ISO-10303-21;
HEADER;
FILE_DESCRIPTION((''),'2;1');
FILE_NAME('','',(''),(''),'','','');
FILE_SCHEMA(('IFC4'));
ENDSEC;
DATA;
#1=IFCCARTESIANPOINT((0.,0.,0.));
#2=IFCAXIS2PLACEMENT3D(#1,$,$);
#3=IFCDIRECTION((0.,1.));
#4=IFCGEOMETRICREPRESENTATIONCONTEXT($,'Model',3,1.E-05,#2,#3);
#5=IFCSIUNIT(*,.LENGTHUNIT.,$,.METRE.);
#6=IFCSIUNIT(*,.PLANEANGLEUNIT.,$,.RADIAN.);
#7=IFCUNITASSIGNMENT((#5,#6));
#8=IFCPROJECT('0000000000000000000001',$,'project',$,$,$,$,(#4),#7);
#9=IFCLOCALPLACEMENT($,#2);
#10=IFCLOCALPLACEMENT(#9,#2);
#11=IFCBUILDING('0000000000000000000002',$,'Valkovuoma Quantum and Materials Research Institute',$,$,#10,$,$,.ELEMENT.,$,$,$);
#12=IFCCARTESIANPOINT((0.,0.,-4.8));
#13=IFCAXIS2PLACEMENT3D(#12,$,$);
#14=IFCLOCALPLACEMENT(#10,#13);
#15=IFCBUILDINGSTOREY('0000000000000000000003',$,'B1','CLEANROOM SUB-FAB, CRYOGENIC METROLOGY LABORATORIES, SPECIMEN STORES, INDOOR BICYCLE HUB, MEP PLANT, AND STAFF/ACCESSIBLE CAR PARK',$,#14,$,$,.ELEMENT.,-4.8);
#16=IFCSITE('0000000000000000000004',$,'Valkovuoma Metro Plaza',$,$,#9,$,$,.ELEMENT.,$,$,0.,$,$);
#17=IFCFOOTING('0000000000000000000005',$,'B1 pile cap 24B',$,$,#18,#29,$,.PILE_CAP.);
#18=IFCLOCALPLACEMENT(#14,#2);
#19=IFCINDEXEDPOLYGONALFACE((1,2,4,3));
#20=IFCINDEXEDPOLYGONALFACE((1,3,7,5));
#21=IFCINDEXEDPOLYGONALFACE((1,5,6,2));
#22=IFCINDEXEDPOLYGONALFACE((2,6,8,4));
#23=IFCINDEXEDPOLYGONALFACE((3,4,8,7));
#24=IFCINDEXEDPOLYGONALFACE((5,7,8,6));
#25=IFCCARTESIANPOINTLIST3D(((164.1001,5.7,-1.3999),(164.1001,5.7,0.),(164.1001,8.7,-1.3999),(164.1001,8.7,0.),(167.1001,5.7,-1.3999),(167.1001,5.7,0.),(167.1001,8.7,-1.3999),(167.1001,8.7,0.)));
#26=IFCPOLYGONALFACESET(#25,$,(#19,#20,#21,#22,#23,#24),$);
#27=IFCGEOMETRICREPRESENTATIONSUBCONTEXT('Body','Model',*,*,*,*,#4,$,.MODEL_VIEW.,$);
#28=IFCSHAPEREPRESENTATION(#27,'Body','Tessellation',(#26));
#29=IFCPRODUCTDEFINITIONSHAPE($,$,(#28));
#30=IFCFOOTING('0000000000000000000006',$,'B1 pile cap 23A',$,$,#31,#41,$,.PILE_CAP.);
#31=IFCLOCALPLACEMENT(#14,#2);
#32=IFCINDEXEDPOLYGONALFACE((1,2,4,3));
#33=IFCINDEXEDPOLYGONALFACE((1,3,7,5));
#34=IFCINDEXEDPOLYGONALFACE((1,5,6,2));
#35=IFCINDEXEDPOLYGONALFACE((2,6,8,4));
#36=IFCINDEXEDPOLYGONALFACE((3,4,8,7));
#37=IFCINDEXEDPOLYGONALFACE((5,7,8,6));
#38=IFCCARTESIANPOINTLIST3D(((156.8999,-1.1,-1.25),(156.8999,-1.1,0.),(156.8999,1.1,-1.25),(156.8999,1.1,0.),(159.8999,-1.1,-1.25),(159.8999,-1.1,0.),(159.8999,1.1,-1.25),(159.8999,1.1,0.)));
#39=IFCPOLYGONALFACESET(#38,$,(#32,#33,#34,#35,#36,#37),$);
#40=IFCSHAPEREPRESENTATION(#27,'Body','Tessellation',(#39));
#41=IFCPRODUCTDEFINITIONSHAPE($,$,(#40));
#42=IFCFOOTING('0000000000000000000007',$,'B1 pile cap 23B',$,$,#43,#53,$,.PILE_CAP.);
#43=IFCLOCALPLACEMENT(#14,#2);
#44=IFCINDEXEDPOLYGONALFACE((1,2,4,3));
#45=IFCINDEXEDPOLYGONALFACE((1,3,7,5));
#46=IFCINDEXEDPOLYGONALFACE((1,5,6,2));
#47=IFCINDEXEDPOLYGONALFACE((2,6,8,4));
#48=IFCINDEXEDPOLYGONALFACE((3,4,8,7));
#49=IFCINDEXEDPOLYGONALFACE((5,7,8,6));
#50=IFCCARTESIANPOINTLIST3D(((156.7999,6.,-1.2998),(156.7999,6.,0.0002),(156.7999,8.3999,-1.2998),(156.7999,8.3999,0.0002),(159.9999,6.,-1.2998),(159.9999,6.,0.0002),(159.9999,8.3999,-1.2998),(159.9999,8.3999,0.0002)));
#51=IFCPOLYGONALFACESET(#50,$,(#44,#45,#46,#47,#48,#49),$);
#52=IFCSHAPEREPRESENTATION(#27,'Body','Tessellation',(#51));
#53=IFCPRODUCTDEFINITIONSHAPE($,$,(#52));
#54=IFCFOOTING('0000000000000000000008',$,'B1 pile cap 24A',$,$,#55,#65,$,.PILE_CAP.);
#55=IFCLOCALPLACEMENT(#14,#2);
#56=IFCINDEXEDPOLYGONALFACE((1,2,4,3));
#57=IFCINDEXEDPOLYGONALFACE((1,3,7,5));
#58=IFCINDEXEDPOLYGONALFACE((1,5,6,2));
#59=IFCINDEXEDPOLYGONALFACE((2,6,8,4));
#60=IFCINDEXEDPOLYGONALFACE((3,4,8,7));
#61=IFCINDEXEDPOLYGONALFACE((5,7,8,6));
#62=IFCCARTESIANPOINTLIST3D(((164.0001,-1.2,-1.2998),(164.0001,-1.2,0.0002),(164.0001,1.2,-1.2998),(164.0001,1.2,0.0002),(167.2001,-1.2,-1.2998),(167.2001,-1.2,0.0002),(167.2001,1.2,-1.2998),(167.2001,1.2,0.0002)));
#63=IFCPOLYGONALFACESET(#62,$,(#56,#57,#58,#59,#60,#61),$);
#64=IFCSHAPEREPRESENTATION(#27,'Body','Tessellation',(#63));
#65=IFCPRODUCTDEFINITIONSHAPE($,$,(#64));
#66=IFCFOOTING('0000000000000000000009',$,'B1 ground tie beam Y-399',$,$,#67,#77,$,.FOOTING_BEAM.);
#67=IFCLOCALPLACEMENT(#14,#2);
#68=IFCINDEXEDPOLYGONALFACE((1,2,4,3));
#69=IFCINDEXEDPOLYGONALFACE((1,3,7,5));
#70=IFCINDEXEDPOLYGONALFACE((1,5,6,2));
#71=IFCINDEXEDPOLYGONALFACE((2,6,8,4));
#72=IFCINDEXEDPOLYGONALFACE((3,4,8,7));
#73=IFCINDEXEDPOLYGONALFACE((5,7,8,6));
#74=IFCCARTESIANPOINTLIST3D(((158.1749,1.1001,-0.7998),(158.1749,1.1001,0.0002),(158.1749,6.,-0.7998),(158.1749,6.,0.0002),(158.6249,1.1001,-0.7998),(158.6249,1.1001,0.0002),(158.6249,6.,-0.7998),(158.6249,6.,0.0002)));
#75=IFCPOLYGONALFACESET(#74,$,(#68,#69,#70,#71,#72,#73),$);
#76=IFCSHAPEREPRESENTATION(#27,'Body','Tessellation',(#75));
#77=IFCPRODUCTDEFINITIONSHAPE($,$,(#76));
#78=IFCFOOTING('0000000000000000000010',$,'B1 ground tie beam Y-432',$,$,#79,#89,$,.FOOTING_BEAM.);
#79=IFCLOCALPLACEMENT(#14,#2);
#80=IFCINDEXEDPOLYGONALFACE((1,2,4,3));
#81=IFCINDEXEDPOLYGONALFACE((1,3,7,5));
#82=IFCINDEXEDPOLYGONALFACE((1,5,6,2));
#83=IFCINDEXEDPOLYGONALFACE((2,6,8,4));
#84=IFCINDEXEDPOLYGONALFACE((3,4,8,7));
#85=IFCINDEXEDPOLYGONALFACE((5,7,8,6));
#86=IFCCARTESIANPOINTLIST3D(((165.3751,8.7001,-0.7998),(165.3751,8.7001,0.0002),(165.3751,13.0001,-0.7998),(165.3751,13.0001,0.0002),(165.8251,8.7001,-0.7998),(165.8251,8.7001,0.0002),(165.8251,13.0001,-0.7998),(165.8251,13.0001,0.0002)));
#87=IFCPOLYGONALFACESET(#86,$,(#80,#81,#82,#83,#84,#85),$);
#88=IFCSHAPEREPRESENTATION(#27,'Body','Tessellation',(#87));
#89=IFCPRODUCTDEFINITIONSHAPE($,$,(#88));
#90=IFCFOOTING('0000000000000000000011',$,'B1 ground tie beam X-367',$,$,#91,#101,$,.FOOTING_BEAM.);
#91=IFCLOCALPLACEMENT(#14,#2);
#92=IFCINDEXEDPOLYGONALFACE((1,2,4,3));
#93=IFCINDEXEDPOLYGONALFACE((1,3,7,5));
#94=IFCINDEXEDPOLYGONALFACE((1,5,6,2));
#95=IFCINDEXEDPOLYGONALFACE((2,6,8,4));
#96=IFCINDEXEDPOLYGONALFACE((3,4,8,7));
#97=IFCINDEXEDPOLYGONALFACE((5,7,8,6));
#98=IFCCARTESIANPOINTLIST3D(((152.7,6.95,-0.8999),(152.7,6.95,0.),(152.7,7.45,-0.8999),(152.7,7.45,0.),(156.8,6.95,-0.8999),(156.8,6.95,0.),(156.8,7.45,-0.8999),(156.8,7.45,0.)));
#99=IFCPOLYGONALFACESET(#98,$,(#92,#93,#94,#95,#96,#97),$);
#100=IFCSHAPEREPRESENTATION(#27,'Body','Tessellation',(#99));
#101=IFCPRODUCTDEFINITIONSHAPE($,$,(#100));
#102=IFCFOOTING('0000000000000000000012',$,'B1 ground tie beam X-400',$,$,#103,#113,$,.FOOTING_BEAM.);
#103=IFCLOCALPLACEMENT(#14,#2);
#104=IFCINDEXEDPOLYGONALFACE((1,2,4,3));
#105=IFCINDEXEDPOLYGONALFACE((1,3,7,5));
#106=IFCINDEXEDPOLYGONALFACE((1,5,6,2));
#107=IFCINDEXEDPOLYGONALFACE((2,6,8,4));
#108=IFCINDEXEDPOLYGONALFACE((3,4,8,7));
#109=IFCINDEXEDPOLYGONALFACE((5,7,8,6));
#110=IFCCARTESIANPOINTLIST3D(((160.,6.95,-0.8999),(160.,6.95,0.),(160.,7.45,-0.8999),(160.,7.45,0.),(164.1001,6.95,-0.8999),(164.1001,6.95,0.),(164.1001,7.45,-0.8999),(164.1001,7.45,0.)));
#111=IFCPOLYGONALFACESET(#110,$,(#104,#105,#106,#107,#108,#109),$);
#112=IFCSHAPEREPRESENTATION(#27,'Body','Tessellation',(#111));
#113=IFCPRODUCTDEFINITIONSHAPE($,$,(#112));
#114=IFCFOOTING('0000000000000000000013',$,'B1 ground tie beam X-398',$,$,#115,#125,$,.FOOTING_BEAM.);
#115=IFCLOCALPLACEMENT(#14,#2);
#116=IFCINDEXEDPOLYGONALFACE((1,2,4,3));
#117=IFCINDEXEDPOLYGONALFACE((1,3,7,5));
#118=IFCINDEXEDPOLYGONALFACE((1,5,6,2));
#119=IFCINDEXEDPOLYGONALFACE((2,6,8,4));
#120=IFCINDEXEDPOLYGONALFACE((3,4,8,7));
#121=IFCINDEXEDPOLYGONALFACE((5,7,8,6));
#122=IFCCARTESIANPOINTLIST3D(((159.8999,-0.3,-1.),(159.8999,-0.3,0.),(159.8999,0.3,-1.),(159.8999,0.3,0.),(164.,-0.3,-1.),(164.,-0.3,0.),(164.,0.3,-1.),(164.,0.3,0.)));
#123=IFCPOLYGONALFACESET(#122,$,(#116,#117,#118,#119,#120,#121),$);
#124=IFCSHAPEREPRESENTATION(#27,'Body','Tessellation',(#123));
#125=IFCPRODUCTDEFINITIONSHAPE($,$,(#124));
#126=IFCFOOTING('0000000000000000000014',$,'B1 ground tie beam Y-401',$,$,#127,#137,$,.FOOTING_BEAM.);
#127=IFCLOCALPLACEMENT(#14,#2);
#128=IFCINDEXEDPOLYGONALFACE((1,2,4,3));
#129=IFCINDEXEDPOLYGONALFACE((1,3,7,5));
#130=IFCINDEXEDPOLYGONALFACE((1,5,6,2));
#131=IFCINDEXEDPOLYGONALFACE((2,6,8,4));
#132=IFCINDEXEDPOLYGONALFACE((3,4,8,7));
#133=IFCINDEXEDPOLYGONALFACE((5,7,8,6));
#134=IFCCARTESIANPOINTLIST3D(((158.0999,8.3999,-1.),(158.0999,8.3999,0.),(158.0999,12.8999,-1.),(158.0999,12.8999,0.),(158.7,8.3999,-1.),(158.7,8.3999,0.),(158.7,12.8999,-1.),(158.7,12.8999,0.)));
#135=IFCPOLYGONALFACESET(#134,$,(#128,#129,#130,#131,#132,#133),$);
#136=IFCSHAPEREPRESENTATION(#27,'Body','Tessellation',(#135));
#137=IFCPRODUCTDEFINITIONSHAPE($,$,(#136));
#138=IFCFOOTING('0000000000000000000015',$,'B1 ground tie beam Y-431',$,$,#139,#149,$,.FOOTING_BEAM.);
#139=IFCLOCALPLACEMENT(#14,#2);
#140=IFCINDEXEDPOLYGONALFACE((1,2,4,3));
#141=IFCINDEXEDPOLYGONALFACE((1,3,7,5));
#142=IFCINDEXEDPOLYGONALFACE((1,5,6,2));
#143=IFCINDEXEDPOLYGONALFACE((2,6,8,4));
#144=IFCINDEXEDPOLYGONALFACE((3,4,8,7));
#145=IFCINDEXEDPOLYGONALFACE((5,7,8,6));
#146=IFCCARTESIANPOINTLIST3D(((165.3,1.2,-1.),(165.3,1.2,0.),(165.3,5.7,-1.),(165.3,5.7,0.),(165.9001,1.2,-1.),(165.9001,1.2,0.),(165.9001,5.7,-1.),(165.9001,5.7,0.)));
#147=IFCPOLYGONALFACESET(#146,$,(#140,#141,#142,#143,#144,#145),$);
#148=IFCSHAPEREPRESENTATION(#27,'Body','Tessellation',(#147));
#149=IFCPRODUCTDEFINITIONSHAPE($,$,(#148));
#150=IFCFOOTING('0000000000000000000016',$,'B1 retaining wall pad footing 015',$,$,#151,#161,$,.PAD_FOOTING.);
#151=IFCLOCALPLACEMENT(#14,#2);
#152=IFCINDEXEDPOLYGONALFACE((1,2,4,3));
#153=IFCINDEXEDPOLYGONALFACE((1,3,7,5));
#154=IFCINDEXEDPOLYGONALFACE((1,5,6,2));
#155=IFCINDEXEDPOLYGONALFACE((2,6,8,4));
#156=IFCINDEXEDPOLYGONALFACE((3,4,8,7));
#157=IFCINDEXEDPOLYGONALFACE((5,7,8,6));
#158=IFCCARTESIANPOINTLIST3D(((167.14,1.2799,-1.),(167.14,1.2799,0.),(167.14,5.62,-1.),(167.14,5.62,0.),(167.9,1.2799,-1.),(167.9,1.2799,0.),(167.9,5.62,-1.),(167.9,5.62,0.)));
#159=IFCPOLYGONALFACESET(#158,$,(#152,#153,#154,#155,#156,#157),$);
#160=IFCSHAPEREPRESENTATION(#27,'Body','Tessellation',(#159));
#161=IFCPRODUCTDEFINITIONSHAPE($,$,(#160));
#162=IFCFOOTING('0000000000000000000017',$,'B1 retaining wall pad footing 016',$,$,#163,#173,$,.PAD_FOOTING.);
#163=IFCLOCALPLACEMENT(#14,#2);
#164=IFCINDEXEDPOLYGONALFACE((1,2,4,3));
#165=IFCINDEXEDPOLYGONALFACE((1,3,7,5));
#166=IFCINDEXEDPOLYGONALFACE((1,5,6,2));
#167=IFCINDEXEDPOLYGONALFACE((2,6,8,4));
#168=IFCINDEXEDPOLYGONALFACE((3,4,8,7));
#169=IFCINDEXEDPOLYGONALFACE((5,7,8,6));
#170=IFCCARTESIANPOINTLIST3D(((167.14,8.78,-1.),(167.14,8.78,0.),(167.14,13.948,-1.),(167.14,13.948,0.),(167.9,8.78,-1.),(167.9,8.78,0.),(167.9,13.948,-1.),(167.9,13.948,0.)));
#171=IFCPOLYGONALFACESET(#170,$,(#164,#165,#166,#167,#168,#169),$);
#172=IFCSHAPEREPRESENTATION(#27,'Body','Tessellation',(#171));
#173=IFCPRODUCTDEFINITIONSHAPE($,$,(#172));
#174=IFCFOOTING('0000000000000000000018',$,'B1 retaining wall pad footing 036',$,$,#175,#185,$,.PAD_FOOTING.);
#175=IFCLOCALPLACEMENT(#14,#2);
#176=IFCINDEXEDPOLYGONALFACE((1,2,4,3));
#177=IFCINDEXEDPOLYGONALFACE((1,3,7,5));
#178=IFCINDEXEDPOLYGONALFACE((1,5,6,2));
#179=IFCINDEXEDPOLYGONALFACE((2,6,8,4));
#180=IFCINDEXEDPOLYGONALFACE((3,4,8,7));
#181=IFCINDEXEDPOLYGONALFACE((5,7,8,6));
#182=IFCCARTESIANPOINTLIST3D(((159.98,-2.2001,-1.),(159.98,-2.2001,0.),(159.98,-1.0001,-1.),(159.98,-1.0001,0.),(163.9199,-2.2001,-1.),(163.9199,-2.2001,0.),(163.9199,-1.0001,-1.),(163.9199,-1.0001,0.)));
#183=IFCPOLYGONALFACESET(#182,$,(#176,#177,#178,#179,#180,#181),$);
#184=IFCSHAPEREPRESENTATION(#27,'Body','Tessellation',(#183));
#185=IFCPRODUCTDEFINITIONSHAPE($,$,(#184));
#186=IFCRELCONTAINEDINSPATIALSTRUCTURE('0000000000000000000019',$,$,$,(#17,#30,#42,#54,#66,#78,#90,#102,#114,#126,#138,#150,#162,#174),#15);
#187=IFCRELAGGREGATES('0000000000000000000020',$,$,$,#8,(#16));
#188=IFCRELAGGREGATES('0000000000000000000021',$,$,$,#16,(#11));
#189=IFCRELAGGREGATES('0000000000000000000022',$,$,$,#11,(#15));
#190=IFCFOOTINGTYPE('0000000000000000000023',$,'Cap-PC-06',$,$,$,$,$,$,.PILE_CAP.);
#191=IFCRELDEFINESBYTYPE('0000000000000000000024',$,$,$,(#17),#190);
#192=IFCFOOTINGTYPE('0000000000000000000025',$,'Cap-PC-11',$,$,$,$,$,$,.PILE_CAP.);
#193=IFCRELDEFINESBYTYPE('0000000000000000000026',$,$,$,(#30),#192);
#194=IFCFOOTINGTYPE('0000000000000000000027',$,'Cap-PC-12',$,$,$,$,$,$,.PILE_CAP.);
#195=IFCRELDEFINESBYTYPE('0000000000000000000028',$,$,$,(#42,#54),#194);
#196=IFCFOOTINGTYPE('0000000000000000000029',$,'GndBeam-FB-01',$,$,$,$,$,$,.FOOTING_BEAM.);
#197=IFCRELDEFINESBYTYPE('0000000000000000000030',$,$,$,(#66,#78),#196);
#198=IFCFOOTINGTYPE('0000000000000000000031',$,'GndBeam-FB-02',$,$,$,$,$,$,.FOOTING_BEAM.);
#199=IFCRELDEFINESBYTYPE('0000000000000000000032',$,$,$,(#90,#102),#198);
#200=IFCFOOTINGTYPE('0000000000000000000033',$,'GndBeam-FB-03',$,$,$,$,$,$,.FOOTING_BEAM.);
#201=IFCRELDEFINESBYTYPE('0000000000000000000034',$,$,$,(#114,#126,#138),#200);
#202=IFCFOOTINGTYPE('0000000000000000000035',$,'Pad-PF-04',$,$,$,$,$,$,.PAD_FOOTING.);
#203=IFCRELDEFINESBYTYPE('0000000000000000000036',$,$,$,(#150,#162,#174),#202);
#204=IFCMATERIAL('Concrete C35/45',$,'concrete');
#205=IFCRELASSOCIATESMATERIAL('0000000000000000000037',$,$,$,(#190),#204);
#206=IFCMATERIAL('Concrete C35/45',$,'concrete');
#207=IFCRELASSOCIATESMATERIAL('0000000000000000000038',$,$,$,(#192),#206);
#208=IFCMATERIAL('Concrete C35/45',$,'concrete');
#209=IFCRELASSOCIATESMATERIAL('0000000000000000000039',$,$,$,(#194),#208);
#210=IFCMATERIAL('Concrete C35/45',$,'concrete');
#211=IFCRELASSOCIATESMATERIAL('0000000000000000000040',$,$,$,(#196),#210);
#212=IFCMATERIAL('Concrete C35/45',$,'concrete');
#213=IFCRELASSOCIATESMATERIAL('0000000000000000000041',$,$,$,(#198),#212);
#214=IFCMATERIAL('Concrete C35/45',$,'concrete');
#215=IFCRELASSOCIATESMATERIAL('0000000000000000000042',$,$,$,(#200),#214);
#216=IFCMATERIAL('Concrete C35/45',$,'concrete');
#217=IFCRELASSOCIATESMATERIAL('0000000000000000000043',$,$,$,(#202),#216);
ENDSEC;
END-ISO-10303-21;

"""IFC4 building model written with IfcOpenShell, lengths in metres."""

from ifc_helpers import new_model, si_unit, direction, frame, origin, origin_2d, place, context, subcontext, project, spatial, rectangle, extrude, material, type_object, element, save


model = new_model("IFC4")

# Units and contexts
model_context = context("Model", 3, precision=1e-05, world=origin(), true_north=direction((0.0, 1.0)))
body_context = subcontext(model_context, "Body", "Model", "MODEL_VIEW")
ifc_project = project(units=[si_unit("LENGTHUNIT", "METRE"), si_unit("PLANEANGLEUNIT", "RADIAN")], contexts=[model_context])

# Site, building, storey
site_placement = place(None, origin())
site = spatial("IfcSite", under=ifc_project, at=site_placement, Name="Valkovuoma Metro Plaza", CompositionType="ELEMENT", RefElevation=0.0)
building_placement = place(site_placement, origin())
building = spatial("IfcBuilding", under=site, at=building_placement, Name="Valkovuoma Quantum and Materials Research Institute", CompositionType="ELEMENT")
storey_placement = place(building_placement, frame((0.0, 0.0, -4.8)))
storey = spatial("IfcBuildingStorey", under=building, at=storey_placement, Name="B1", Description="CLEANROOM SUB-FAB, CRYOGENIC METROLOGY LABORATORIES, SPECIMEN STORES, INDOOR BICYCLE HUB, MEP PLANT, AND STAFF/ACCESSIBLE CAR PARK", CompositionType="ELEMENT", Elevation=-4.8)

# Footings
ifc_material_1 = material(Name="Concrete C35/45", Category="concrete")
footing_type_1 = type_object("IfcFootingType", Name="Cap-PC-06", PredefinedType="PILE_CAP", material=ifc_material_1)
footing_1_placement = place(storey_placement, frame((165.6001, 7.2, -1.3999), z_axis=(0.0, 0.0, 1.0), x_axis=(1.0, 0.0, 0.0)))
element("IfcFooting", 1, at=footing_1_placement, inside=storey, type_object=footing_type_1, Name="B1 pile cap 24B", PredefinedType="PILE_CAP", context=body_context, shape_type="SweptSolid", body=[
    extrude(rectangle(XDim=3.0, YDim=3.0, at=origin_2d()), origin(), (0.0, 0.0, 1.0), 1.3999),
])
ifc_material_2 = material(Name="Concrete C35/45", Category="concrete")
footing_type_2 = type_object("IfcFootingType", Name="Cap-PC-11", PredefinedType="PILE_CAP", material=ifc_material_2)
footing_2_placement = place(storey_placement, frame((158.3999, 0.0, -1.25), z_axis=(0.0, 0.0, 1.0), x_axis=(1.0, 0.0, 0.0)))
element("IfcFooting", 2, at=footing_2_placement, inside=storey, type_object=footing_type_2, Name="B1 pile cap 23A", PredefinedType="PILE_CAP", context=body_context, shape_type="SweptSolid", body=[
    extrude(rectangle(XDim=3.0, YDim=2.2, at=origin_2d()), origin(), (0.0, 0.0, 1.0), 1.25),
])
ifc_material_3 = material(Name="Concrete C35/45", Category="concrete")
footing_type_3 = type_object("IfcFootingType", Name="Cap-PC-12", PredefinedType="PILE_CAP", material=ifc_material_3)
for number, where, z_axis, x_axis, name in (
    (3, (158.3999, 7.2, -1.2998), (0.0, 0.0, 1.0), (1.0, 0.0, 0.0), "B1 pile cap 23B"),
    (4, (165.6001, 0.0, -1.2998), (0.0, 0.0, 1.0), (1.0, 0.0, 0.0), "B1 pile cap 24A"),
):
    element("IfcFooting", number, at=place(storey_placement, frame(where, z_axis=z_axis, x_axis=x_axis)), inside=storey, type_object=footing_type_3, Name=name, PredefinedType="PILE_CAP", context=body_context, shape_type="SweptSolid", body=[
        extrude(rectangle(XDim=3.2, YDim=2.3999, at=origin_2d()), origin(), (0.0, 0.0, 1.0), 1.3),
    ])
ifc_material_4 = material(Name="Concrete C35/45", Category="concrete")
footing_type_4 = type_object("IfcFootingType", Name="GndBeam-FB-01", PredefinedType="FOOTING_BEAM", material=ifc_material_4)
footing_3_placement = place(storey_placement, frame((158.3999, 3.55, -0.7998), z_axis=(0.0, 0.0, 1.0), x_axis=(0.0, 1.0, 0.0)))
element("IfcFooting", 5, at=footing_3_placement, inside=storey, type_object=footing_type_4, Name="B1 ground tie beam Y-399", PredefinedType="FOOTING_BEAM", context=body_context, shape_type="SweptSolid", body=[
    extrude(rectangle(XDim=4.8999, YDim=0.45, at=origin_2d()), origin(), (0.0, 0.0, 1.0), 0.8),
])
footing_4_placement = place(storey_placement, frame((165.6001, 10.8501, -0.7998), z_axis=(0.0, 0.0, 1.0), x_axis=(0.0, 1.0, 0.0)))
element("IfcFooting", 6, at=footing_4_placement, inside=storey, type_object=footing_type_4, Name="B1 ground tie beam Y-432", PredefinedType="FOOTING_BEAM", context=body_context, shape_type="SweptSolid", body=[
    extrude(rectangle(XDim=4.3, YDim=0.45, at=origin_2d()), origin(), (0.0, 0.0, 1.0), 0.8),
])
ifc_material_5 = material(Name="Concrete C35/45", Category="concrete")
footing_type_5 = type_object("IfcFootingType", Name="GndBeam-FB-02", PredefinedType="FOOTING_BEAM", material=ifc_material_5)
for number, where, z_axis, x_axis, name in (
    (7, (154.75, 7.2, -0.8999), (0.0, 0.0, 1.0), (1.0, 0.0, 0.0), "B1 ground tie beam X-367"),
    (8, (162.05, 7.2, -0.8999), (0.0, 0.0, 1.0), (1.0, 0.0, 0.0), "B1 ground tie beam X-400"),
):
    element("IfcFooting", number, at=place(storey_placement, frame(where, z_axis=z_axis, x_axis=x_axis)), inside=storey, type_object=footing_type_5, Name=name, PredefinedType="FOOTING_BEAM", context=body_context, shape_type="SweptSolid", body=[
        extrude(rectangle(XDim=4.1001, YDim=0.5, at=origin_2d()), origin(), (0.0, 0.0, 1.0), 0.8999),
    ])
ifc_material_6 = material(Name="Concrete C35/45", Category="concrete")
footing_type_6 = type_object("IfcFootingType", Name="GndBeam-FB-03", PredefinedType="FOOTING_BEAM", material=ifc_material_6)
footing_5_placement = place(storey_placement, frame((161.95, 0.0, -1.0), z_axis=(0.0, 0.0, 1.0), x_axis=(1.0, 0.0, 0.0)))
element("IfcFooting", 9, at=footing_5_placement, inside=storey, type_object=footing_type_6, Name="B1 ground tie beam X-398", PredefinedType="FOOTING_BEAM", context=body_context, shape_type="SweptSolid", body=[
    extrude(rectangle(XDim=4.1001, YDim=0.6001, at=origin_2d()), origin(), (0.0, 0.0, 1.0), 1.0),
])
for number, where, z_axis, x_axis, name in (
    (10, (158.3999, 10.6499, -1.0), (0.0, 0.0, 1.0), (0.0, 1.0, 0.0), "B1 ground tie beam Y-401"),
    (11, (165.6001, 3.45, -1.0), (0.0, 0.0, 1.0), (0.0, 1.0, 0.0), "B1 ground tie beam Y-431"),
):
    element("IfcFooting", number, at=place(storey_placement, frame(where, z_axis=z_axis, x_axis=x_axis)), inside=storey, type_object=footing_type_6, Name=name, PredefinedType="FOOTING_BEAM", context=body_context, shape_type="SweptSolid", body=[
        extrude(rectangle(XDim=4.5, YDim=0.6001, at=origin_2d()), origin(), (0.0, 0.0, 1.0), 1.0),
    ])
ifc_material_7 = material(Name="Concrete C35/45", Category="concrete")
footing_type_7 = type_object("IfcFootingType", Name="Pad-PF-04", PredefinedType="PAD_FOOTING", material=ifc_material_7)
footing_6_placement = place(storey_placement, frame((167.52, 3.45, -1.0), z_axis=(0.0, 0.0, 1.0), x_axis=(0.0, 1.0, 0.0)))
element("IfcFooting", 12, at=footing_6_placement, inside=storey, type_object=footing_type_7, Name="B1 retaining wall pad footing 015", PredefinedType="PAD_FOOTING", context=body_context, shape_type="SweptSolid", body=[
    extrude(rectangle(XDim=4.3401, YDim=0.76, at=origin_2d()), origin(), (0.0, 0.0, 1.0), 1.0),
])
footing_7_placement = place(storey_placement, frame((167.52, 11.364, -1.0), z_axis=(0.0, 0.0, 1.0), x_axis=(0.0, 1.0, 0.0)))
element("IfcFooting", 13, at=footing_7_placement, inside=storey, type_object=footing_type_7, Name="B1 retaining wall pad footing 016", PredefinedType="PAD_FOOTING", context=body_context, shape_type="SweptSolid", body=[
    extrude(rectangle(XDim=5.168, YDim=0.76, at=origin_2d()), origin(), (0.0, 0.0, 1.0), 1.0),
])
footing_8_placement = place(storey_placement, frame((161.95, -1.6001, -1.0), z_axis=(0.0, 0.0, 1.0), x_axis=(1.0, 0.0, 0.0)))
element("IfcFooting", 14, at=footing_8_placement, inside=storey, type_object=footing_type_7, Name="B1 retaining wall pad footing 036", PredefinedType="PAD_FOOTING", context=body_context, shape_type="SweptSolid", body=[
    extrude(rectangle(XDim=3.9399, YDim=1.2, at=origin_2d()), origin(), (0.0, 0.0, 1.0), 1.0),
])

save(model, "model.ifc")
